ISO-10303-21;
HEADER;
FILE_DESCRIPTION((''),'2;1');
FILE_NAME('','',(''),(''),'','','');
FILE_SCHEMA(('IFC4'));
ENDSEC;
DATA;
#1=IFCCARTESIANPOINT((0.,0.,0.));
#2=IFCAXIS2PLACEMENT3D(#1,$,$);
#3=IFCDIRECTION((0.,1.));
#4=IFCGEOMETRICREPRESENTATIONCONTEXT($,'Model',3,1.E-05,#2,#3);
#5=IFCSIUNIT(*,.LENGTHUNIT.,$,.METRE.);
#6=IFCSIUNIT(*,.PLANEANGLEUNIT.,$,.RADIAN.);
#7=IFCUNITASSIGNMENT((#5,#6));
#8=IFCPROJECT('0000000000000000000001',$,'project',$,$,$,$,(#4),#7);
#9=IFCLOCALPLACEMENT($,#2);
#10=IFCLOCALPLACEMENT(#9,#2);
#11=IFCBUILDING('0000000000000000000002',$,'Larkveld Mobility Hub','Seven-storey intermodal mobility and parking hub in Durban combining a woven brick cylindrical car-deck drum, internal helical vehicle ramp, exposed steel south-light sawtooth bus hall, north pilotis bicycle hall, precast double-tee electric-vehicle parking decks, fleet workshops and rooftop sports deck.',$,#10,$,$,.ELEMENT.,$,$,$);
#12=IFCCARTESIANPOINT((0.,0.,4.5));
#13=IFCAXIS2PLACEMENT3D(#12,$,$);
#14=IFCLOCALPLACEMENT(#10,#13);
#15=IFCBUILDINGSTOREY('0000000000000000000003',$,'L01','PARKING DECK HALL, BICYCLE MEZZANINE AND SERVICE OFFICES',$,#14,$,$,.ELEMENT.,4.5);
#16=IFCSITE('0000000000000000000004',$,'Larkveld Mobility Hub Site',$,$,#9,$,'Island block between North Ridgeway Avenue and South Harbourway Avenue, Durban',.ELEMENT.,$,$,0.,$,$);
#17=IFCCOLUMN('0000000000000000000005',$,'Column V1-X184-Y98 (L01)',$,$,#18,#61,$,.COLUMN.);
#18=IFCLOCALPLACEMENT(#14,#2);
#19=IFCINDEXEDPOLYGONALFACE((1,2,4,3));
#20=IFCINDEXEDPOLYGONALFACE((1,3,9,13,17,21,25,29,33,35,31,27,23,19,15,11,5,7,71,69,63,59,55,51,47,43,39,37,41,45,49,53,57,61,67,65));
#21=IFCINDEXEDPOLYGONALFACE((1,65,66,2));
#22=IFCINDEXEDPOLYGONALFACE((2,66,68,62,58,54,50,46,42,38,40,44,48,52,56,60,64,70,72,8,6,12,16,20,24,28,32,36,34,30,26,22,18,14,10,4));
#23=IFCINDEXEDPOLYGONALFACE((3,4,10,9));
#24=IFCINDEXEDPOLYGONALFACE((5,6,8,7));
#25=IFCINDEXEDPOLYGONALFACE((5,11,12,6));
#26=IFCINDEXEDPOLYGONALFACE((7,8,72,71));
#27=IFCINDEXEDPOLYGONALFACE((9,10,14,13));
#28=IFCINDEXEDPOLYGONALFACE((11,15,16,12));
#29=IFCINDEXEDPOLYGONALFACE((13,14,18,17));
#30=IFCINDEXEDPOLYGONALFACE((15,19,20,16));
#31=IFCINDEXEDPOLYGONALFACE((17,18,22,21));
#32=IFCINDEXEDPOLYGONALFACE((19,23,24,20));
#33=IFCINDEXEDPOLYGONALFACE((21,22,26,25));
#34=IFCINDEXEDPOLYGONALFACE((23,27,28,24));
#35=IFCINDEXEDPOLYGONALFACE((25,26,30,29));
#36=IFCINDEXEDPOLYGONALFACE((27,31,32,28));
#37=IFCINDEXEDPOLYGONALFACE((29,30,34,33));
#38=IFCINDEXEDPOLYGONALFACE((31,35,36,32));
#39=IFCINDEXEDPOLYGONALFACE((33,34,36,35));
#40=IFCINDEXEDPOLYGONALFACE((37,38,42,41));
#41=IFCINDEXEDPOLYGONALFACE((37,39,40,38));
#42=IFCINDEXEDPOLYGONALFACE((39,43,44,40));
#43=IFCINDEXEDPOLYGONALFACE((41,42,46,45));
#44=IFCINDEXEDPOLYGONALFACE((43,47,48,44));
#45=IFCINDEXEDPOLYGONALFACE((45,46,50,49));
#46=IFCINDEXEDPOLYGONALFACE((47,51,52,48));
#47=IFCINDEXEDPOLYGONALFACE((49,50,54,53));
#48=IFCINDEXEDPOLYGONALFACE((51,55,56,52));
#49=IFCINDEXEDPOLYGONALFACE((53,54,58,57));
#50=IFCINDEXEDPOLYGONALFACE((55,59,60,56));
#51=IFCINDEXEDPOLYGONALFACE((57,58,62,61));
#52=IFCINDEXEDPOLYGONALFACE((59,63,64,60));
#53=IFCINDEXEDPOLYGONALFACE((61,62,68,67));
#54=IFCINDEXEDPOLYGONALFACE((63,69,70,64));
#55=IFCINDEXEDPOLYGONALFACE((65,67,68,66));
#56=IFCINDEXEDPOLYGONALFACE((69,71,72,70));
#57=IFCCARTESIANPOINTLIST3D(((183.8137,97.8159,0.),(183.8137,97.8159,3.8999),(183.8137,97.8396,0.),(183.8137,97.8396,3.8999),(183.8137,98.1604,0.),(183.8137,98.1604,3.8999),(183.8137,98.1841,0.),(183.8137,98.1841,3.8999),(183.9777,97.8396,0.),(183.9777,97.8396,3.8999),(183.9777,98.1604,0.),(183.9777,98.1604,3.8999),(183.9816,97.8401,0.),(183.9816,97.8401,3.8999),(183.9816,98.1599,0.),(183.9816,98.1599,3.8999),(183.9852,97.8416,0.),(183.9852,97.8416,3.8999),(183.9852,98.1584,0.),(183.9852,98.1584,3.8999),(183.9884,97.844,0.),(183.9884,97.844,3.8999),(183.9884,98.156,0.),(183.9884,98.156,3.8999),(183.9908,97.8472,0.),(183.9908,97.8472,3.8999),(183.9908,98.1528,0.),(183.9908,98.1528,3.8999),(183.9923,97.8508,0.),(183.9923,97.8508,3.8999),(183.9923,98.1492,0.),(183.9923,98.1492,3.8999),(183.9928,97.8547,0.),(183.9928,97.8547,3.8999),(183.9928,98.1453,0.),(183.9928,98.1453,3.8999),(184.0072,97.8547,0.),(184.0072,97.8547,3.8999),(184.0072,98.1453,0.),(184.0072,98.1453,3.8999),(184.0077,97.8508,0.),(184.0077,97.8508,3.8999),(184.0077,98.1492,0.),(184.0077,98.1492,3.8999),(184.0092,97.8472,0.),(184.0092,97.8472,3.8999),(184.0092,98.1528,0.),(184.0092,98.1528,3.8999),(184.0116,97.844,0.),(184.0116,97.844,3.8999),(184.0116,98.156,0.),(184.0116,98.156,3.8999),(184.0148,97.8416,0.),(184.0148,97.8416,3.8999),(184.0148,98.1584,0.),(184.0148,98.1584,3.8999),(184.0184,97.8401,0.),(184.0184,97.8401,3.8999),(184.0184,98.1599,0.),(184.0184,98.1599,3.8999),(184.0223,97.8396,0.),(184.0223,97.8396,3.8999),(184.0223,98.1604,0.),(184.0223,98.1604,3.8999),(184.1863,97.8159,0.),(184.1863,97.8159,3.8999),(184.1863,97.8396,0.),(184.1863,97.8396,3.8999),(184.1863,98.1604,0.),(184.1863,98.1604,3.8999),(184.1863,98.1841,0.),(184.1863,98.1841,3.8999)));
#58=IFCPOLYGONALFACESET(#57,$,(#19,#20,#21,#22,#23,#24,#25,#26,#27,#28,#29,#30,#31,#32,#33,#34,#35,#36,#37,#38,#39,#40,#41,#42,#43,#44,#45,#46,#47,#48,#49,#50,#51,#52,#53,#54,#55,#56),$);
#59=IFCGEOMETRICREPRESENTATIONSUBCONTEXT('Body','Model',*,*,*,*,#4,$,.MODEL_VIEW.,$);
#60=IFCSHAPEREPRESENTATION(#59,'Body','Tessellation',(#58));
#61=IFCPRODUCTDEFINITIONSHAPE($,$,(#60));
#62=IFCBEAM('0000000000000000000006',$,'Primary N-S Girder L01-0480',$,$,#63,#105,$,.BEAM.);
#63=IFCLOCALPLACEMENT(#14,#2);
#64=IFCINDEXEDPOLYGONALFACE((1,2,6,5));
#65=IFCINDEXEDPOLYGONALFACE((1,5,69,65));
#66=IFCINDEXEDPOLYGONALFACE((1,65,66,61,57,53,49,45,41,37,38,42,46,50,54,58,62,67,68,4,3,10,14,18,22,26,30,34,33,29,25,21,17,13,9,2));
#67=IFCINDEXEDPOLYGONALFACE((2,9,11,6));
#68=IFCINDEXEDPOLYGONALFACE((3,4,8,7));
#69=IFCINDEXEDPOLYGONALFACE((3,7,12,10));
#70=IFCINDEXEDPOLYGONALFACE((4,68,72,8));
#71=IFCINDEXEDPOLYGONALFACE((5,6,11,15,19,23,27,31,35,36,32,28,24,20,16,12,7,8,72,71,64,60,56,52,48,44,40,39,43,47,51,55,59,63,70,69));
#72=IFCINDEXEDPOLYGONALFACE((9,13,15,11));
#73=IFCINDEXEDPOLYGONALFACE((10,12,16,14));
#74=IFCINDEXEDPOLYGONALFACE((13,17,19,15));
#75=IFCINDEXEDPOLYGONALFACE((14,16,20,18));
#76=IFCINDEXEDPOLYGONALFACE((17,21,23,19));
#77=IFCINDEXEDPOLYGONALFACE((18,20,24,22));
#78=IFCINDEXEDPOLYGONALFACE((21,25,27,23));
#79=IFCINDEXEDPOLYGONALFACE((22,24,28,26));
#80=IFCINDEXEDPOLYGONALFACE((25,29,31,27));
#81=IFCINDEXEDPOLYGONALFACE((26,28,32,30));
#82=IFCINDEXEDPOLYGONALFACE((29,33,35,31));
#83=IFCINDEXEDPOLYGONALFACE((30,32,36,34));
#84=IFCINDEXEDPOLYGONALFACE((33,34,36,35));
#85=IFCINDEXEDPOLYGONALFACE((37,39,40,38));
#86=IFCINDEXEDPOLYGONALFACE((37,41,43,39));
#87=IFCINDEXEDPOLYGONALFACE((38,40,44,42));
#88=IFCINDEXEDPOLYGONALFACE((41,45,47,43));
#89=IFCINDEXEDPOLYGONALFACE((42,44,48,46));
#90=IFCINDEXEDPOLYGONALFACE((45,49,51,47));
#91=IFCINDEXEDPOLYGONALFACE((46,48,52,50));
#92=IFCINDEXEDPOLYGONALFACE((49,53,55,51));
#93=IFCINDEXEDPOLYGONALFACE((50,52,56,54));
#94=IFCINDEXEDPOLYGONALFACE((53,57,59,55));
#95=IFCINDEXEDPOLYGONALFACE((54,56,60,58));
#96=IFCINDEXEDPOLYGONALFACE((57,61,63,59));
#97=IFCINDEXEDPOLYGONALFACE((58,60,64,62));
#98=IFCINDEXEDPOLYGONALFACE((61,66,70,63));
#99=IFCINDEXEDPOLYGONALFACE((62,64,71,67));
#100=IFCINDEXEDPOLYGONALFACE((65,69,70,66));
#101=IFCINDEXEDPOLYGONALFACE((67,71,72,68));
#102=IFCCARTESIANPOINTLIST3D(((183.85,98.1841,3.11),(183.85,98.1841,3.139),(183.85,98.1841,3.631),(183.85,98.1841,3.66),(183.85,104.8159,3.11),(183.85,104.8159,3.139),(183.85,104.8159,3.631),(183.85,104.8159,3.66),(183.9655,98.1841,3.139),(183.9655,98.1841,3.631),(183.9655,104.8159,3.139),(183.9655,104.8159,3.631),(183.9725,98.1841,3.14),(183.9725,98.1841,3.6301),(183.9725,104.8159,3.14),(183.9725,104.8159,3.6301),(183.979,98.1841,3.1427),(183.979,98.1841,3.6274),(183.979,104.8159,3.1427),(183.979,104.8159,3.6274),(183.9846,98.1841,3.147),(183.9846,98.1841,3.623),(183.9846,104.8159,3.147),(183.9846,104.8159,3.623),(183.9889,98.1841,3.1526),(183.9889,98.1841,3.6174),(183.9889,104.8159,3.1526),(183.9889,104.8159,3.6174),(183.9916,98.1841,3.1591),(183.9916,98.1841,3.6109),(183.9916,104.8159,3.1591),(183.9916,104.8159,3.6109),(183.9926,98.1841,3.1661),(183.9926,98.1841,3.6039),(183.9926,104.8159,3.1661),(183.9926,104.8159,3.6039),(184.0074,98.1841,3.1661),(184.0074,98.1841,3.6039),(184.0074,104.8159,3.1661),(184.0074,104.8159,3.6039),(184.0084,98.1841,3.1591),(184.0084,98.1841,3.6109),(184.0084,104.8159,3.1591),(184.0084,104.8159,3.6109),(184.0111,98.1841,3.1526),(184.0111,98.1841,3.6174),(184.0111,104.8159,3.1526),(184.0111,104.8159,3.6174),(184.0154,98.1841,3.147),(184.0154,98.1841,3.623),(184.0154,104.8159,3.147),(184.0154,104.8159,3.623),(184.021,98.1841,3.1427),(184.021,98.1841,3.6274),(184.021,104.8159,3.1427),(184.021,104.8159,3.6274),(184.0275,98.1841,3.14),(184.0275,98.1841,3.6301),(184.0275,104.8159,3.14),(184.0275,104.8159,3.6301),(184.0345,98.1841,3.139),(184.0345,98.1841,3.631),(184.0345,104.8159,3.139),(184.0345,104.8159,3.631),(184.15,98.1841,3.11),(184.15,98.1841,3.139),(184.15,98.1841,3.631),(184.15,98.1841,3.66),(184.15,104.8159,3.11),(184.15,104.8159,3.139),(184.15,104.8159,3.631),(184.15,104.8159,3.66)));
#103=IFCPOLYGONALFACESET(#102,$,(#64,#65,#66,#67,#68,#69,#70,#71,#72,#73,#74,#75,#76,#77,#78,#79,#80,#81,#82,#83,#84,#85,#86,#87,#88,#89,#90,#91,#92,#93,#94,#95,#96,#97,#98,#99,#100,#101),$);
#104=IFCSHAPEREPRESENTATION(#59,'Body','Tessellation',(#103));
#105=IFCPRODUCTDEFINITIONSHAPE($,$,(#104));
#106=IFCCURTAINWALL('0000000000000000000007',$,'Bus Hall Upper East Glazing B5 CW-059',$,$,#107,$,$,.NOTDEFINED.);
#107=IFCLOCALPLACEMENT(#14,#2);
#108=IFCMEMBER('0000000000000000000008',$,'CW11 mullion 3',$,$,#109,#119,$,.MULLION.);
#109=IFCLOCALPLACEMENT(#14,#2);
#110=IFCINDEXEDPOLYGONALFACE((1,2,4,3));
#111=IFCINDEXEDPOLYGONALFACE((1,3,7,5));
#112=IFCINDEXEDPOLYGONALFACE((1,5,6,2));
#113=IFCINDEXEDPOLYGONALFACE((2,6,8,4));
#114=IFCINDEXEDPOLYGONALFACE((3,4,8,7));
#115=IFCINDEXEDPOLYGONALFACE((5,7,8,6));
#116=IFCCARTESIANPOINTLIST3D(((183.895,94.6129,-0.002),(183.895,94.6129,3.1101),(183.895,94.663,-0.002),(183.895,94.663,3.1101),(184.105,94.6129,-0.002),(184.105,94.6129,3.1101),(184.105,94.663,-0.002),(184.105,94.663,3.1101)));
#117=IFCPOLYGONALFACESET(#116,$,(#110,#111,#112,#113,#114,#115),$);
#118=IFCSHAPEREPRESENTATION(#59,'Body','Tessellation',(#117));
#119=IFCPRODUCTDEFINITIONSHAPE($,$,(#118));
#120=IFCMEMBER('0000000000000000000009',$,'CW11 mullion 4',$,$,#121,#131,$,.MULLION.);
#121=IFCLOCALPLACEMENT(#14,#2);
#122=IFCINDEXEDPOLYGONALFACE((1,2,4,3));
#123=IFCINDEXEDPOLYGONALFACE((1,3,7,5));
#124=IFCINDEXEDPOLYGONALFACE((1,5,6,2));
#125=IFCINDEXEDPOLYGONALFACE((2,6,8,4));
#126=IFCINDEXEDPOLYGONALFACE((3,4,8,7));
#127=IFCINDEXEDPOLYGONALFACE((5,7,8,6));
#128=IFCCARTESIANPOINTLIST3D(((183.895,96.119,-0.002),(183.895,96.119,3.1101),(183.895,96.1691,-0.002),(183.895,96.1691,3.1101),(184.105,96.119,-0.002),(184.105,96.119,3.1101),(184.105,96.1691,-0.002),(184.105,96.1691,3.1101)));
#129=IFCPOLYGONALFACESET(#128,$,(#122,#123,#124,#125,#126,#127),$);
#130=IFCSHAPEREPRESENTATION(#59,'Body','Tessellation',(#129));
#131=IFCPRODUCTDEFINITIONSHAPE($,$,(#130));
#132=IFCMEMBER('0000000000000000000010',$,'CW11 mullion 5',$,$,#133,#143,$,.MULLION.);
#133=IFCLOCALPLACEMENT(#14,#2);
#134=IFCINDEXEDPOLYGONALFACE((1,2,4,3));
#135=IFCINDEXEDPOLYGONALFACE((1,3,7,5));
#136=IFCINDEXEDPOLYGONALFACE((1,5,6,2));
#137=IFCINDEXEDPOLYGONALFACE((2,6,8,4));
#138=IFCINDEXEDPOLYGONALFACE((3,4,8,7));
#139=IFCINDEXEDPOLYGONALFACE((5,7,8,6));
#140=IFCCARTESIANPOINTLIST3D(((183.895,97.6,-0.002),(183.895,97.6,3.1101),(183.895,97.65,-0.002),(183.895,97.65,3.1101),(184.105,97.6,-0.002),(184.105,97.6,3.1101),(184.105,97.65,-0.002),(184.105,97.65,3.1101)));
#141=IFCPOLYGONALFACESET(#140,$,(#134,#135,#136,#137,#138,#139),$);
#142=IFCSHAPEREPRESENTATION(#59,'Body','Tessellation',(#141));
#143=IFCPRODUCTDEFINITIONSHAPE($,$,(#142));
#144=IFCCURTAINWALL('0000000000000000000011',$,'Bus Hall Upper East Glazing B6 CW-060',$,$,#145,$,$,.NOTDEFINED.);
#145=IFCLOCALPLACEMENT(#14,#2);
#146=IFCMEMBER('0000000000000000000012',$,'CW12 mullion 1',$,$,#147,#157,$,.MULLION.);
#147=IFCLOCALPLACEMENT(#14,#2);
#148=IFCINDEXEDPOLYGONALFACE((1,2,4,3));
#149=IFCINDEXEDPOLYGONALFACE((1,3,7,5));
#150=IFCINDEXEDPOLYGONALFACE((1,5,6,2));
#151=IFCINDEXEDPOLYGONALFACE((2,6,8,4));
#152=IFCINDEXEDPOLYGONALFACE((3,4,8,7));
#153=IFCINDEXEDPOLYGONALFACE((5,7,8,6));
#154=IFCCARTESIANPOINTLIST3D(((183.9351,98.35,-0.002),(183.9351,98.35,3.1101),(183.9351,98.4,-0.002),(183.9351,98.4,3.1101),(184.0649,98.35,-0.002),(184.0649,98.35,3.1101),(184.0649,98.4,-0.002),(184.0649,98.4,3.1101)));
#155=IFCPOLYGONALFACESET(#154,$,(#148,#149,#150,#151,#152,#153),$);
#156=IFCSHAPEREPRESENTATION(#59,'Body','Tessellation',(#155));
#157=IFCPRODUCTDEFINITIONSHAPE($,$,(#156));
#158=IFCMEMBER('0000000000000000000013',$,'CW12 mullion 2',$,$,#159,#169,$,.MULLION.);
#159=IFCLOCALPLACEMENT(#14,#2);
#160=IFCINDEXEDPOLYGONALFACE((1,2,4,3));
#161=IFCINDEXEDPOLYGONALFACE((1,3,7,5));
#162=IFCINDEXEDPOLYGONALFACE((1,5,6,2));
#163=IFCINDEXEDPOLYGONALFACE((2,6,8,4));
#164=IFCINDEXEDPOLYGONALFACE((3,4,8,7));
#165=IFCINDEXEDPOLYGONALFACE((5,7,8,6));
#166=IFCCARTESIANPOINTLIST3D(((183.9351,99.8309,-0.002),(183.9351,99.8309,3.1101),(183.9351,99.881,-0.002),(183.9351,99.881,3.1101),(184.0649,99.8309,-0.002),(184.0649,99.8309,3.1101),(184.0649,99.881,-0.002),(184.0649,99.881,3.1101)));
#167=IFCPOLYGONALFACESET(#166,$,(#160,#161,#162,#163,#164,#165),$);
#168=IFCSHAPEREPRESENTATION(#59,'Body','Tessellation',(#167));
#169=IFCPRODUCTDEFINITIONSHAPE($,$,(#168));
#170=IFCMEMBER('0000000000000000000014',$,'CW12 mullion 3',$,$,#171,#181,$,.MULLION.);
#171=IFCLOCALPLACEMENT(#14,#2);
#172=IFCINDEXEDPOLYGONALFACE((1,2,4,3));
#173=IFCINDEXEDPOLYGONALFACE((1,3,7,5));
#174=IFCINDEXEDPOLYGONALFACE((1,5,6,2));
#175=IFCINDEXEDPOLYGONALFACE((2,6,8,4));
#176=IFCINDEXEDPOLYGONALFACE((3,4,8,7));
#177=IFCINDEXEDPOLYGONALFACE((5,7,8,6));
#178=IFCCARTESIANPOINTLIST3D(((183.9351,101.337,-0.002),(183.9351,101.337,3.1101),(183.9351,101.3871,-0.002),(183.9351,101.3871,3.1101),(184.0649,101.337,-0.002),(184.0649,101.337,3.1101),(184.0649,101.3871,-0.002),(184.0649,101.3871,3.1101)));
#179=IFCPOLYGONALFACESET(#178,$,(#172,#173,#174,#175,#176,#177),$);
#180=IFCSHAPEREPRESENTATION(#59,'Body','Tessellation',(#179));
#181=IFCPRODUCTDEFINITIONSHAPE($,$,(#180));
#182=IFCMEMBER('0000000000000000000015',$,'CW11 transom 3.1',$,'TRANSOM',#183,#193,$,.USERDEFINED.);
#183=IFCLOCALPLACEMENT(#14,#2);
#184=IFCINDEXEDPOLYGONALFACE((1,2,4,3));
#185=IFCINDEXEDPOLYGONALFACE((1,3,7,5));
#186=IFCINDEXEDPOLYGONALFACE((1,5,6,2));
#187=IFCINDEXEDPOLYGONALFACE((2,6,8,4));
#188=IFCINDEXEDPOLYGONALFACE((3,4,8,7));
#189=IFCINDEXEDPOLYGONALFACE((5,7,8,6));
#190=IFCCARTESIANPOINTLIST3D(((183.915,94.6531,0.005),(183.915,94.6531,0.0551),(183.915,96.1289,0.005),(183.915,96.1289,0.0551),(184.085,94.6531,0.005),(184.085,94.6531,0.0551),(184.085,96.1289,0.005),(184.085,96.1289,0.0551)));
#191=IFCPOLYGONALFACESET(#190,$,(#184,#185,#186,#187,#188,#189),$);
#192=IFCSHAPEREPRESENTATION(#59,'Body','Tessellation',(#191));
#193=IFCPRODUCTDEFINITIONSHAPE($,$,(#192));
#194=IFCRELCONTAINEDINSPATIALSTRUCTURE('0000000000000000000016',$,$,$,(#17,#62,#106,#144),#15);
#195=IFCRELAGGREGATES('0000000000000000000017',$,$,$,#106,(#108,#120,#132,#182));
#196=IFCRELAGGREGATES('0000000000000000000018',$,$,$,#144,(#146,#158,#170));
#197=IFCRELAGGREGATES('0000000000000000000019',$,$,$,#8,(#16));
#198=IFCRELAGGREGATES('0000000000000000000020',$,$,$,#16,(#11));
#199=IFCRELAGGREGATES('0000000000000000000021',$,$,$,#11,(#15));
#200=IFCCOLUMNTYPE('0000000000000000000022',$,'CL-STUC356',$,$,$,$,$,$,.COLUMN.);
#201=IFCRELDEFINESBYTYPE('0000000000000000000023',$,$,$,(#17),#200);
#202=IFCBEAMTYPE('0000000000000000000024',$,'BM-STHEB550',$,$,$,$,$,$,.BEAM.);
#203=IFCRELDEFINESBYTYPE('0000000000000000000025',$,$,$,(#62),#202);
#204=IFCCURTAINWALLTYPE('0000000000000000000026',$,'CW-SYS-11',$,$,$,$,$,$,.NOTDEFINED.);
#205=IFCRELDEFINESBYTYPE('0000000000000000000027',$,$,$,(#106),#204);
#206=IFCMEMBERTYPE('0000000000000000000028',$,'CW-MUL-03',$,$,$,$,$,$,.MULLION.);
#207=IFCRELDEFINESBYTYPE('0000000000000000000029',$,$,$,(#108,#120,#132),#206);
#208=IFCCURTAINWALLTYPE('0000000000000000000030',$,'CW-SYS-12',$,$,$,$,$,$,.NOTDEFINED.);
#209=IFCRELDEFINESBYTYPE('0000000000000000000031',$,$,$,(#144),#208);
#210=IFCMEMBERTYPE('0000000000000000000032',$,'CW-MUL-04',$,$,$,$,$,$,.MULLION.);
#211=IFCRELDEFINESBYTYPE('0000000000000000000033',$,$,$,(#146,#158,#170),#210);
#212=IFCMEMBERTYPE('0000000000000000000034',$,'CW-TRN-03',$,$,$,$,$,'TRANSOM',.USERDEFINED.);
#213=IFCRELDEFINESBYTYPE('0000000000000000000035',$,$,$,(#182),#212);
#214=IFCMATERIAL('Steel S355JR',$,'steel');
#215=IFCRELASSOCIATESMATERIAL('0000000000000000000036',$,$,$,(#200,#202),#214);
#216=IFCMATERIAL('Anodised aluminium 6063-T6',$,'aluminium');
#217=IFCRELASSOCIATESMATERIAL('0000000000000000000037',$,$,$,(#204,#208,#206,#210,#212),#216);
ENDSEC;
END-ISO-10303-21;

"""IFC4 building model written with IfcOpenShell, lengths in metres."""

from ifc_helpers import new_model, si_unit, direction, frame, origin, origin_2d, place, context, subcontext, project, spatial, rectangle, i_section, extrude, material, material_profile, profile_set, type_object, element, aggregate, save


model = new_model("IFC4")

# Units and contexts
model_context = context("Model", 3, precision=1e-05, world=origin(), true_north=direction((0.0, 1.0)))
body_context = subcontext(model_context, "Body", "Model", "MODEL_VIEW")
ifc_project = project(units=[si_unit("LENGTHUNIT", "METRE"), si_unit("PLANEANGLEUNIT", "RADIAN")], contexts=[model_context])

# Site, building, storey
site_placement = place(None, origin())
site = spatial("IfcSite", under=ifc_project, at=site_placement, Name="Larkveld Mobility Hub Site", LongName="Island block between North Ridgeway Avenue and South Harbourway Avenue, Durban", CompositionType="ELEMENT", RefElevation=0.0)
building_placement = place(site_placement, origin())
building = spatial("IfcBuilding", under=site, at=building_placement, Name="Larkveld Mobility Hub", Description="Seven-storey intermodal mobility and parking hub in Durban combining a woven brick cylindrical car-deck drum, internal helical vehicle ramp, exposed steel south-light sawtooth bus hall, north pilotis bicycle hall, precast double-tee electric-vehicle parking decks, fleet workshops and rooftop sports deck.", CompositionType="ELEMENT")
storey_placement = place(building_placement, frame((0.0, 0.0, 4.5)))
storey = spatial("IfcBuildingStorey", under=building, at=storey_placement, Name="L01", Description="PARKING DECK HALL, BICYCLE MEZZANINE AND SERVICE OFFICES", CompositionType="ELEMENT", Elevation=4.5)

# Column
ifc_material_1 = material(Name="Steel S355JR", Category="steel")
ifc_material_profile_1 = material_profile(ifc_material_1, i_section(OverallWidth=0.3726, OverallDepth=0.3682, WebThickness=0.0144, FlangeThickness=0.0237, FilletRadius=0.0151, at=origin_2d()), Name="UC 356x368x177")
ifc_profile_set_1 = profile_set([ifc_material_profile_1], Name="Steel S355JR")
column_type = type_object("IfcColumnType", Name="CL-STUC356", PredefinedType="COLUMN", material=ifc_profile_set_1)
column_placement = place(storey_placement, frame((184.0, 98.0, 0.0), z_axis=(0.0, 0.0, 1.0), x_axis=(1.0, 0.0, 0.0)))
element("IfcColumn", 1, at=column_placement, inside=storey, type_object=column_type, Name="Column V1-X184-Y98 (L01)", PredefinedType="COLUMN", context=body_context, shape_type="SweptSolid", body=[
    extrude(i_section(OverallWidth=0.3726, OverallDepth=0.3682, WebThickness=0.0144, FlangeThickness=0.0237, FilletRadius=0.0151, at=origin_2d()), origin(), (0.0, 0.0, 1.0), 3.8999),
])

# Beam
ifc_material_profile_2 = material_profile(ifc_material_1, i_section(OverallWidth=0.3, OverallDepth=0.55, WebThickness=0.0149, FlangeThickness=0.0291, FilletRadius=0.0271, at=origin_2d()), Name="HEB 550")
ifc_profile_set_2 = profile_set([ifc_material_profile_2], Name="Steel S355JR")
beam_type = type_object("IfcBeamType", Name="BM-STHEB550", PredefinedType="BEAM", material=ifc_profile_set_2)
beam_placement = place(storey_placement, frame((184.0, 98.1841, 3.385), z_axis=(0.0, 1.0, 0.0), x_axis=(-1.0, 0.0, 0.0)))
element("IfcBeam", 2, at=beam_placement, inside=storey, type_object=beam_type, Name="Primary N-S Girder L01-0480", PredefinedType="BEAM", context=body_context, shape_type="SweptSolid", body=[
    extrude(i_section(OverallWidth=0.3, OverallDepth=0.55, WebThickness=0.0149, FlangeThickness=0.0291, FilletRadius=0.0271, at=origin_2d()), origin(), (0.0, 0.0, 1.0), 6.6318),
])

# Curtain walls, members
ifc_material_2 = material(Name="Anodised aluminium 6063-T6", Category="aluminium")
curtain_wall_type_1 = type_object("IfcCurtainWallType", Name="CW-SYS-11", PredefinedType="NOTDEFINED", material=ifc_material_2)
curtain_wall_1_placement = place(storey_placement, origin())
curtain_wall_1 = element("IfcCurtainWall", 3, at=curtain_wall_1_placement, inside=storey, type_object=curtain_wall_type_1, Name="Bus Hall Upper East Glazing B5 CW-059", PredefinedType="NOTDEFINED")
ifc_material_profile_3 = material_profile(ifc_material_2, rectangle(XDim=0.05, YDim=0.21, at=origin_2d()), Name="ALU MULL 50x210")
ifc_profile_set_3 = profile_set([ifc_material_profile_3], Name="Anodised aluminium 6063-T6")
member_type_1 = type_object("IfcMemberType", Name="CW-MUL-03", PredefinedType="MULLION", material=ifc_profile_set_3)
member_1_placement = place(storey_placement, frame((184.0, 94.6379, -0.002), z_axis=(0.0, 0.0, 1.0), x_axis=(0.0, 1.0, 0.0)))
member_1 = element("IfcMember", 4, at=member_1_placement, type_object=member_type_1, Name="CW11 mullion 3", PredefinedType="MULLION", context=body_context, shape_type="SweptSolid", body=[
    extrude(rectangle(XDim=0.05, YDim=0.21, at=origin_2d()), origin(), (0.0, 0.0, 1.0), 3.1121),
])
member_2_placement = place(storey_placement, frame((184.0, 96.144, -0.002), z_axis=(0.0, 0.0, 1.0), x_axis=(0.0, 1.0, 0.0)))
member_2 = element("IfcMember", 5, at=member_2_placement, type_object=member_type_1, Name="CW11 mullion 4", PredefinedType="MULLION", context=body_context, shape_type="SweptSolid", body=[
    extrude(rectangle(XDim=0.05, YDim=0.21, at=origin_2d()), origin(), (0.0, 0.0, 1.0), 3.1121),
])
member_3_placement = place(storey_placement, frame((184.0, 97.625, -0.002), z_axis=(0.0, 0.0, 1.0), x_axis=(0.0, 1.0, 0.0)))
member_3 = element("IfcMember", 6, at=member_3_placement, type_object=member_type_1, Name="CW11 mullion 5", PredefinedType="MULLION", context=body_context, shape_type="SweptSolid", body=[
    extrude(rectangle(XDim=0.05, YDim=0.21, at=origin_2d()), origin(), (0.0, 0.0, 1.0), 3.1121),
])
curtain_wall_type_2 = type_object("IfcCurtainWallType", Name="CW-SYS-12", PredefinedType="NOTDEFINED", material=ifc_material_2)
curtain_wall_2_placement = place(storey_placement, origin())
curtain_wall_2 = element("IfcCurtainWall", 7, at=curtain_wall_2_placement, inside=storey, type_object=curtain_wall_type_2, Name="Bus Hall Upper East Glazing B6 CW-060", PredefinedType="NOTDEFINED")
ifc_material_profile_4 = material_profile(ifc_material_2, rectangle(XDim=0.05, YDim=0.1299, at=origin_2d()), Name="ALU MULL 50x130")
ifc_profile_set_4 = profile_set([ifc_material_profile_4], Name="Anodised aluminium 6063-T6")
member_type_2 = type_object("IfcMemberType", Name="CW-MUL-04", PredefinedType="MULLION", material=ifc_profile_set_4)
member_4_placement = place(storey_placement, frame((184.0, 98.375, -0.002), z_axis=(0.0, 0.0, 1.0), x_axis=(0.0, 1.0, 0.0)))
member_4 = element("IfcMember", 8, at=member_4_placement, type_object=member_type_2, Name="CW12 mullion 1", PredefinedType="MULLION", context=body_context, shape_type="SweptSolid", body=[
    extrude(rectangle(XDim=0.05, YDim=0.1299, at=origin_2d()), origin(), (0.0, 0.0, 1.0), 3.1121),
])
member_5_placement = place(storey_placement, frame((184.0, 99.856, -0.002), z_axis=(0.0, 0.0, 1.0), x_axis=(0.0, 1.0, 0.0)))
member_5 = element("IfcMember", 9, at=member_5_placement, type_object=member_type_2, Name="CW12 mullion 2", PredefinedType="MULLION", context=body_context, shape_type="SweptSolid", body=[
    extrude(rectangle(XDim=0.05, YDim=0.1299, at=origin_2d()), origin(), (0.0, 0.0, 1.0), 3.1121),
])
member_6_placement = place(storey_placement, frame((184.0, 101.3621, -0.002), z_axis=(0.0, 0.0, 1.0), x_axis=(0.0, 1.0, 0.0)))
member_6 = element("IfcMember", 10, at=member_6_placement, type_object=member_type_2, Name="CW12 mullion 3", PredefinedType="MULLION", context=body_context, shape_type="SweptSolid", body=[
    extrude(rectangle(XDim=0.05, YDim=0.1299, at=origin_2d()), origin(), (0.0, 0.0, 1.0), 3.1121),
])

# Member
ifc_material_profile_5 = material_profile(ifc_material_2, rectangle(XDim=0.1699, YDim=0.05, at=origin_2d()), Name="ALU TRAN 50x170")
ifc_profile_set_5 = profile_set([ifc_material_profile_5], Name="Anodised aluminium 6063-T6")
member_type_3 = type_object("IfcMemberType", Name="CW-TRN-03", ElementType="TRANSOM", PredefinedType="USERDEFINED", material=ifc_profile_set_5)
member_7_placement = place(storey_placement, frame((184.0, 94.6531, 0.03), z_axis=(0.0, 1.0, 0.0), x_axis=(-1.0, 0.0, 0.0)))
member_7 = element("IfcMember", 11, at=member_7_placement, type_object=member_type_3, Name="CW11 transom 3.1", ObjectType="TRANSOM", PredefinedType="USERDEFINED", context=body_context, shape_type="SweptSolid", body=[
    extrude(rectangle(XDim=0.1699, YDim=0.05, at=origin_2d()), origin(), (0.0, 0.0, 1.0), 1.4758),
])

aggregate(curtain_wall_1, [member_1, member_2, member_3, member_7])
aggregate(curtain_wall_2, [member_4, member_5, member_6])

save(model, "model.ifc")
